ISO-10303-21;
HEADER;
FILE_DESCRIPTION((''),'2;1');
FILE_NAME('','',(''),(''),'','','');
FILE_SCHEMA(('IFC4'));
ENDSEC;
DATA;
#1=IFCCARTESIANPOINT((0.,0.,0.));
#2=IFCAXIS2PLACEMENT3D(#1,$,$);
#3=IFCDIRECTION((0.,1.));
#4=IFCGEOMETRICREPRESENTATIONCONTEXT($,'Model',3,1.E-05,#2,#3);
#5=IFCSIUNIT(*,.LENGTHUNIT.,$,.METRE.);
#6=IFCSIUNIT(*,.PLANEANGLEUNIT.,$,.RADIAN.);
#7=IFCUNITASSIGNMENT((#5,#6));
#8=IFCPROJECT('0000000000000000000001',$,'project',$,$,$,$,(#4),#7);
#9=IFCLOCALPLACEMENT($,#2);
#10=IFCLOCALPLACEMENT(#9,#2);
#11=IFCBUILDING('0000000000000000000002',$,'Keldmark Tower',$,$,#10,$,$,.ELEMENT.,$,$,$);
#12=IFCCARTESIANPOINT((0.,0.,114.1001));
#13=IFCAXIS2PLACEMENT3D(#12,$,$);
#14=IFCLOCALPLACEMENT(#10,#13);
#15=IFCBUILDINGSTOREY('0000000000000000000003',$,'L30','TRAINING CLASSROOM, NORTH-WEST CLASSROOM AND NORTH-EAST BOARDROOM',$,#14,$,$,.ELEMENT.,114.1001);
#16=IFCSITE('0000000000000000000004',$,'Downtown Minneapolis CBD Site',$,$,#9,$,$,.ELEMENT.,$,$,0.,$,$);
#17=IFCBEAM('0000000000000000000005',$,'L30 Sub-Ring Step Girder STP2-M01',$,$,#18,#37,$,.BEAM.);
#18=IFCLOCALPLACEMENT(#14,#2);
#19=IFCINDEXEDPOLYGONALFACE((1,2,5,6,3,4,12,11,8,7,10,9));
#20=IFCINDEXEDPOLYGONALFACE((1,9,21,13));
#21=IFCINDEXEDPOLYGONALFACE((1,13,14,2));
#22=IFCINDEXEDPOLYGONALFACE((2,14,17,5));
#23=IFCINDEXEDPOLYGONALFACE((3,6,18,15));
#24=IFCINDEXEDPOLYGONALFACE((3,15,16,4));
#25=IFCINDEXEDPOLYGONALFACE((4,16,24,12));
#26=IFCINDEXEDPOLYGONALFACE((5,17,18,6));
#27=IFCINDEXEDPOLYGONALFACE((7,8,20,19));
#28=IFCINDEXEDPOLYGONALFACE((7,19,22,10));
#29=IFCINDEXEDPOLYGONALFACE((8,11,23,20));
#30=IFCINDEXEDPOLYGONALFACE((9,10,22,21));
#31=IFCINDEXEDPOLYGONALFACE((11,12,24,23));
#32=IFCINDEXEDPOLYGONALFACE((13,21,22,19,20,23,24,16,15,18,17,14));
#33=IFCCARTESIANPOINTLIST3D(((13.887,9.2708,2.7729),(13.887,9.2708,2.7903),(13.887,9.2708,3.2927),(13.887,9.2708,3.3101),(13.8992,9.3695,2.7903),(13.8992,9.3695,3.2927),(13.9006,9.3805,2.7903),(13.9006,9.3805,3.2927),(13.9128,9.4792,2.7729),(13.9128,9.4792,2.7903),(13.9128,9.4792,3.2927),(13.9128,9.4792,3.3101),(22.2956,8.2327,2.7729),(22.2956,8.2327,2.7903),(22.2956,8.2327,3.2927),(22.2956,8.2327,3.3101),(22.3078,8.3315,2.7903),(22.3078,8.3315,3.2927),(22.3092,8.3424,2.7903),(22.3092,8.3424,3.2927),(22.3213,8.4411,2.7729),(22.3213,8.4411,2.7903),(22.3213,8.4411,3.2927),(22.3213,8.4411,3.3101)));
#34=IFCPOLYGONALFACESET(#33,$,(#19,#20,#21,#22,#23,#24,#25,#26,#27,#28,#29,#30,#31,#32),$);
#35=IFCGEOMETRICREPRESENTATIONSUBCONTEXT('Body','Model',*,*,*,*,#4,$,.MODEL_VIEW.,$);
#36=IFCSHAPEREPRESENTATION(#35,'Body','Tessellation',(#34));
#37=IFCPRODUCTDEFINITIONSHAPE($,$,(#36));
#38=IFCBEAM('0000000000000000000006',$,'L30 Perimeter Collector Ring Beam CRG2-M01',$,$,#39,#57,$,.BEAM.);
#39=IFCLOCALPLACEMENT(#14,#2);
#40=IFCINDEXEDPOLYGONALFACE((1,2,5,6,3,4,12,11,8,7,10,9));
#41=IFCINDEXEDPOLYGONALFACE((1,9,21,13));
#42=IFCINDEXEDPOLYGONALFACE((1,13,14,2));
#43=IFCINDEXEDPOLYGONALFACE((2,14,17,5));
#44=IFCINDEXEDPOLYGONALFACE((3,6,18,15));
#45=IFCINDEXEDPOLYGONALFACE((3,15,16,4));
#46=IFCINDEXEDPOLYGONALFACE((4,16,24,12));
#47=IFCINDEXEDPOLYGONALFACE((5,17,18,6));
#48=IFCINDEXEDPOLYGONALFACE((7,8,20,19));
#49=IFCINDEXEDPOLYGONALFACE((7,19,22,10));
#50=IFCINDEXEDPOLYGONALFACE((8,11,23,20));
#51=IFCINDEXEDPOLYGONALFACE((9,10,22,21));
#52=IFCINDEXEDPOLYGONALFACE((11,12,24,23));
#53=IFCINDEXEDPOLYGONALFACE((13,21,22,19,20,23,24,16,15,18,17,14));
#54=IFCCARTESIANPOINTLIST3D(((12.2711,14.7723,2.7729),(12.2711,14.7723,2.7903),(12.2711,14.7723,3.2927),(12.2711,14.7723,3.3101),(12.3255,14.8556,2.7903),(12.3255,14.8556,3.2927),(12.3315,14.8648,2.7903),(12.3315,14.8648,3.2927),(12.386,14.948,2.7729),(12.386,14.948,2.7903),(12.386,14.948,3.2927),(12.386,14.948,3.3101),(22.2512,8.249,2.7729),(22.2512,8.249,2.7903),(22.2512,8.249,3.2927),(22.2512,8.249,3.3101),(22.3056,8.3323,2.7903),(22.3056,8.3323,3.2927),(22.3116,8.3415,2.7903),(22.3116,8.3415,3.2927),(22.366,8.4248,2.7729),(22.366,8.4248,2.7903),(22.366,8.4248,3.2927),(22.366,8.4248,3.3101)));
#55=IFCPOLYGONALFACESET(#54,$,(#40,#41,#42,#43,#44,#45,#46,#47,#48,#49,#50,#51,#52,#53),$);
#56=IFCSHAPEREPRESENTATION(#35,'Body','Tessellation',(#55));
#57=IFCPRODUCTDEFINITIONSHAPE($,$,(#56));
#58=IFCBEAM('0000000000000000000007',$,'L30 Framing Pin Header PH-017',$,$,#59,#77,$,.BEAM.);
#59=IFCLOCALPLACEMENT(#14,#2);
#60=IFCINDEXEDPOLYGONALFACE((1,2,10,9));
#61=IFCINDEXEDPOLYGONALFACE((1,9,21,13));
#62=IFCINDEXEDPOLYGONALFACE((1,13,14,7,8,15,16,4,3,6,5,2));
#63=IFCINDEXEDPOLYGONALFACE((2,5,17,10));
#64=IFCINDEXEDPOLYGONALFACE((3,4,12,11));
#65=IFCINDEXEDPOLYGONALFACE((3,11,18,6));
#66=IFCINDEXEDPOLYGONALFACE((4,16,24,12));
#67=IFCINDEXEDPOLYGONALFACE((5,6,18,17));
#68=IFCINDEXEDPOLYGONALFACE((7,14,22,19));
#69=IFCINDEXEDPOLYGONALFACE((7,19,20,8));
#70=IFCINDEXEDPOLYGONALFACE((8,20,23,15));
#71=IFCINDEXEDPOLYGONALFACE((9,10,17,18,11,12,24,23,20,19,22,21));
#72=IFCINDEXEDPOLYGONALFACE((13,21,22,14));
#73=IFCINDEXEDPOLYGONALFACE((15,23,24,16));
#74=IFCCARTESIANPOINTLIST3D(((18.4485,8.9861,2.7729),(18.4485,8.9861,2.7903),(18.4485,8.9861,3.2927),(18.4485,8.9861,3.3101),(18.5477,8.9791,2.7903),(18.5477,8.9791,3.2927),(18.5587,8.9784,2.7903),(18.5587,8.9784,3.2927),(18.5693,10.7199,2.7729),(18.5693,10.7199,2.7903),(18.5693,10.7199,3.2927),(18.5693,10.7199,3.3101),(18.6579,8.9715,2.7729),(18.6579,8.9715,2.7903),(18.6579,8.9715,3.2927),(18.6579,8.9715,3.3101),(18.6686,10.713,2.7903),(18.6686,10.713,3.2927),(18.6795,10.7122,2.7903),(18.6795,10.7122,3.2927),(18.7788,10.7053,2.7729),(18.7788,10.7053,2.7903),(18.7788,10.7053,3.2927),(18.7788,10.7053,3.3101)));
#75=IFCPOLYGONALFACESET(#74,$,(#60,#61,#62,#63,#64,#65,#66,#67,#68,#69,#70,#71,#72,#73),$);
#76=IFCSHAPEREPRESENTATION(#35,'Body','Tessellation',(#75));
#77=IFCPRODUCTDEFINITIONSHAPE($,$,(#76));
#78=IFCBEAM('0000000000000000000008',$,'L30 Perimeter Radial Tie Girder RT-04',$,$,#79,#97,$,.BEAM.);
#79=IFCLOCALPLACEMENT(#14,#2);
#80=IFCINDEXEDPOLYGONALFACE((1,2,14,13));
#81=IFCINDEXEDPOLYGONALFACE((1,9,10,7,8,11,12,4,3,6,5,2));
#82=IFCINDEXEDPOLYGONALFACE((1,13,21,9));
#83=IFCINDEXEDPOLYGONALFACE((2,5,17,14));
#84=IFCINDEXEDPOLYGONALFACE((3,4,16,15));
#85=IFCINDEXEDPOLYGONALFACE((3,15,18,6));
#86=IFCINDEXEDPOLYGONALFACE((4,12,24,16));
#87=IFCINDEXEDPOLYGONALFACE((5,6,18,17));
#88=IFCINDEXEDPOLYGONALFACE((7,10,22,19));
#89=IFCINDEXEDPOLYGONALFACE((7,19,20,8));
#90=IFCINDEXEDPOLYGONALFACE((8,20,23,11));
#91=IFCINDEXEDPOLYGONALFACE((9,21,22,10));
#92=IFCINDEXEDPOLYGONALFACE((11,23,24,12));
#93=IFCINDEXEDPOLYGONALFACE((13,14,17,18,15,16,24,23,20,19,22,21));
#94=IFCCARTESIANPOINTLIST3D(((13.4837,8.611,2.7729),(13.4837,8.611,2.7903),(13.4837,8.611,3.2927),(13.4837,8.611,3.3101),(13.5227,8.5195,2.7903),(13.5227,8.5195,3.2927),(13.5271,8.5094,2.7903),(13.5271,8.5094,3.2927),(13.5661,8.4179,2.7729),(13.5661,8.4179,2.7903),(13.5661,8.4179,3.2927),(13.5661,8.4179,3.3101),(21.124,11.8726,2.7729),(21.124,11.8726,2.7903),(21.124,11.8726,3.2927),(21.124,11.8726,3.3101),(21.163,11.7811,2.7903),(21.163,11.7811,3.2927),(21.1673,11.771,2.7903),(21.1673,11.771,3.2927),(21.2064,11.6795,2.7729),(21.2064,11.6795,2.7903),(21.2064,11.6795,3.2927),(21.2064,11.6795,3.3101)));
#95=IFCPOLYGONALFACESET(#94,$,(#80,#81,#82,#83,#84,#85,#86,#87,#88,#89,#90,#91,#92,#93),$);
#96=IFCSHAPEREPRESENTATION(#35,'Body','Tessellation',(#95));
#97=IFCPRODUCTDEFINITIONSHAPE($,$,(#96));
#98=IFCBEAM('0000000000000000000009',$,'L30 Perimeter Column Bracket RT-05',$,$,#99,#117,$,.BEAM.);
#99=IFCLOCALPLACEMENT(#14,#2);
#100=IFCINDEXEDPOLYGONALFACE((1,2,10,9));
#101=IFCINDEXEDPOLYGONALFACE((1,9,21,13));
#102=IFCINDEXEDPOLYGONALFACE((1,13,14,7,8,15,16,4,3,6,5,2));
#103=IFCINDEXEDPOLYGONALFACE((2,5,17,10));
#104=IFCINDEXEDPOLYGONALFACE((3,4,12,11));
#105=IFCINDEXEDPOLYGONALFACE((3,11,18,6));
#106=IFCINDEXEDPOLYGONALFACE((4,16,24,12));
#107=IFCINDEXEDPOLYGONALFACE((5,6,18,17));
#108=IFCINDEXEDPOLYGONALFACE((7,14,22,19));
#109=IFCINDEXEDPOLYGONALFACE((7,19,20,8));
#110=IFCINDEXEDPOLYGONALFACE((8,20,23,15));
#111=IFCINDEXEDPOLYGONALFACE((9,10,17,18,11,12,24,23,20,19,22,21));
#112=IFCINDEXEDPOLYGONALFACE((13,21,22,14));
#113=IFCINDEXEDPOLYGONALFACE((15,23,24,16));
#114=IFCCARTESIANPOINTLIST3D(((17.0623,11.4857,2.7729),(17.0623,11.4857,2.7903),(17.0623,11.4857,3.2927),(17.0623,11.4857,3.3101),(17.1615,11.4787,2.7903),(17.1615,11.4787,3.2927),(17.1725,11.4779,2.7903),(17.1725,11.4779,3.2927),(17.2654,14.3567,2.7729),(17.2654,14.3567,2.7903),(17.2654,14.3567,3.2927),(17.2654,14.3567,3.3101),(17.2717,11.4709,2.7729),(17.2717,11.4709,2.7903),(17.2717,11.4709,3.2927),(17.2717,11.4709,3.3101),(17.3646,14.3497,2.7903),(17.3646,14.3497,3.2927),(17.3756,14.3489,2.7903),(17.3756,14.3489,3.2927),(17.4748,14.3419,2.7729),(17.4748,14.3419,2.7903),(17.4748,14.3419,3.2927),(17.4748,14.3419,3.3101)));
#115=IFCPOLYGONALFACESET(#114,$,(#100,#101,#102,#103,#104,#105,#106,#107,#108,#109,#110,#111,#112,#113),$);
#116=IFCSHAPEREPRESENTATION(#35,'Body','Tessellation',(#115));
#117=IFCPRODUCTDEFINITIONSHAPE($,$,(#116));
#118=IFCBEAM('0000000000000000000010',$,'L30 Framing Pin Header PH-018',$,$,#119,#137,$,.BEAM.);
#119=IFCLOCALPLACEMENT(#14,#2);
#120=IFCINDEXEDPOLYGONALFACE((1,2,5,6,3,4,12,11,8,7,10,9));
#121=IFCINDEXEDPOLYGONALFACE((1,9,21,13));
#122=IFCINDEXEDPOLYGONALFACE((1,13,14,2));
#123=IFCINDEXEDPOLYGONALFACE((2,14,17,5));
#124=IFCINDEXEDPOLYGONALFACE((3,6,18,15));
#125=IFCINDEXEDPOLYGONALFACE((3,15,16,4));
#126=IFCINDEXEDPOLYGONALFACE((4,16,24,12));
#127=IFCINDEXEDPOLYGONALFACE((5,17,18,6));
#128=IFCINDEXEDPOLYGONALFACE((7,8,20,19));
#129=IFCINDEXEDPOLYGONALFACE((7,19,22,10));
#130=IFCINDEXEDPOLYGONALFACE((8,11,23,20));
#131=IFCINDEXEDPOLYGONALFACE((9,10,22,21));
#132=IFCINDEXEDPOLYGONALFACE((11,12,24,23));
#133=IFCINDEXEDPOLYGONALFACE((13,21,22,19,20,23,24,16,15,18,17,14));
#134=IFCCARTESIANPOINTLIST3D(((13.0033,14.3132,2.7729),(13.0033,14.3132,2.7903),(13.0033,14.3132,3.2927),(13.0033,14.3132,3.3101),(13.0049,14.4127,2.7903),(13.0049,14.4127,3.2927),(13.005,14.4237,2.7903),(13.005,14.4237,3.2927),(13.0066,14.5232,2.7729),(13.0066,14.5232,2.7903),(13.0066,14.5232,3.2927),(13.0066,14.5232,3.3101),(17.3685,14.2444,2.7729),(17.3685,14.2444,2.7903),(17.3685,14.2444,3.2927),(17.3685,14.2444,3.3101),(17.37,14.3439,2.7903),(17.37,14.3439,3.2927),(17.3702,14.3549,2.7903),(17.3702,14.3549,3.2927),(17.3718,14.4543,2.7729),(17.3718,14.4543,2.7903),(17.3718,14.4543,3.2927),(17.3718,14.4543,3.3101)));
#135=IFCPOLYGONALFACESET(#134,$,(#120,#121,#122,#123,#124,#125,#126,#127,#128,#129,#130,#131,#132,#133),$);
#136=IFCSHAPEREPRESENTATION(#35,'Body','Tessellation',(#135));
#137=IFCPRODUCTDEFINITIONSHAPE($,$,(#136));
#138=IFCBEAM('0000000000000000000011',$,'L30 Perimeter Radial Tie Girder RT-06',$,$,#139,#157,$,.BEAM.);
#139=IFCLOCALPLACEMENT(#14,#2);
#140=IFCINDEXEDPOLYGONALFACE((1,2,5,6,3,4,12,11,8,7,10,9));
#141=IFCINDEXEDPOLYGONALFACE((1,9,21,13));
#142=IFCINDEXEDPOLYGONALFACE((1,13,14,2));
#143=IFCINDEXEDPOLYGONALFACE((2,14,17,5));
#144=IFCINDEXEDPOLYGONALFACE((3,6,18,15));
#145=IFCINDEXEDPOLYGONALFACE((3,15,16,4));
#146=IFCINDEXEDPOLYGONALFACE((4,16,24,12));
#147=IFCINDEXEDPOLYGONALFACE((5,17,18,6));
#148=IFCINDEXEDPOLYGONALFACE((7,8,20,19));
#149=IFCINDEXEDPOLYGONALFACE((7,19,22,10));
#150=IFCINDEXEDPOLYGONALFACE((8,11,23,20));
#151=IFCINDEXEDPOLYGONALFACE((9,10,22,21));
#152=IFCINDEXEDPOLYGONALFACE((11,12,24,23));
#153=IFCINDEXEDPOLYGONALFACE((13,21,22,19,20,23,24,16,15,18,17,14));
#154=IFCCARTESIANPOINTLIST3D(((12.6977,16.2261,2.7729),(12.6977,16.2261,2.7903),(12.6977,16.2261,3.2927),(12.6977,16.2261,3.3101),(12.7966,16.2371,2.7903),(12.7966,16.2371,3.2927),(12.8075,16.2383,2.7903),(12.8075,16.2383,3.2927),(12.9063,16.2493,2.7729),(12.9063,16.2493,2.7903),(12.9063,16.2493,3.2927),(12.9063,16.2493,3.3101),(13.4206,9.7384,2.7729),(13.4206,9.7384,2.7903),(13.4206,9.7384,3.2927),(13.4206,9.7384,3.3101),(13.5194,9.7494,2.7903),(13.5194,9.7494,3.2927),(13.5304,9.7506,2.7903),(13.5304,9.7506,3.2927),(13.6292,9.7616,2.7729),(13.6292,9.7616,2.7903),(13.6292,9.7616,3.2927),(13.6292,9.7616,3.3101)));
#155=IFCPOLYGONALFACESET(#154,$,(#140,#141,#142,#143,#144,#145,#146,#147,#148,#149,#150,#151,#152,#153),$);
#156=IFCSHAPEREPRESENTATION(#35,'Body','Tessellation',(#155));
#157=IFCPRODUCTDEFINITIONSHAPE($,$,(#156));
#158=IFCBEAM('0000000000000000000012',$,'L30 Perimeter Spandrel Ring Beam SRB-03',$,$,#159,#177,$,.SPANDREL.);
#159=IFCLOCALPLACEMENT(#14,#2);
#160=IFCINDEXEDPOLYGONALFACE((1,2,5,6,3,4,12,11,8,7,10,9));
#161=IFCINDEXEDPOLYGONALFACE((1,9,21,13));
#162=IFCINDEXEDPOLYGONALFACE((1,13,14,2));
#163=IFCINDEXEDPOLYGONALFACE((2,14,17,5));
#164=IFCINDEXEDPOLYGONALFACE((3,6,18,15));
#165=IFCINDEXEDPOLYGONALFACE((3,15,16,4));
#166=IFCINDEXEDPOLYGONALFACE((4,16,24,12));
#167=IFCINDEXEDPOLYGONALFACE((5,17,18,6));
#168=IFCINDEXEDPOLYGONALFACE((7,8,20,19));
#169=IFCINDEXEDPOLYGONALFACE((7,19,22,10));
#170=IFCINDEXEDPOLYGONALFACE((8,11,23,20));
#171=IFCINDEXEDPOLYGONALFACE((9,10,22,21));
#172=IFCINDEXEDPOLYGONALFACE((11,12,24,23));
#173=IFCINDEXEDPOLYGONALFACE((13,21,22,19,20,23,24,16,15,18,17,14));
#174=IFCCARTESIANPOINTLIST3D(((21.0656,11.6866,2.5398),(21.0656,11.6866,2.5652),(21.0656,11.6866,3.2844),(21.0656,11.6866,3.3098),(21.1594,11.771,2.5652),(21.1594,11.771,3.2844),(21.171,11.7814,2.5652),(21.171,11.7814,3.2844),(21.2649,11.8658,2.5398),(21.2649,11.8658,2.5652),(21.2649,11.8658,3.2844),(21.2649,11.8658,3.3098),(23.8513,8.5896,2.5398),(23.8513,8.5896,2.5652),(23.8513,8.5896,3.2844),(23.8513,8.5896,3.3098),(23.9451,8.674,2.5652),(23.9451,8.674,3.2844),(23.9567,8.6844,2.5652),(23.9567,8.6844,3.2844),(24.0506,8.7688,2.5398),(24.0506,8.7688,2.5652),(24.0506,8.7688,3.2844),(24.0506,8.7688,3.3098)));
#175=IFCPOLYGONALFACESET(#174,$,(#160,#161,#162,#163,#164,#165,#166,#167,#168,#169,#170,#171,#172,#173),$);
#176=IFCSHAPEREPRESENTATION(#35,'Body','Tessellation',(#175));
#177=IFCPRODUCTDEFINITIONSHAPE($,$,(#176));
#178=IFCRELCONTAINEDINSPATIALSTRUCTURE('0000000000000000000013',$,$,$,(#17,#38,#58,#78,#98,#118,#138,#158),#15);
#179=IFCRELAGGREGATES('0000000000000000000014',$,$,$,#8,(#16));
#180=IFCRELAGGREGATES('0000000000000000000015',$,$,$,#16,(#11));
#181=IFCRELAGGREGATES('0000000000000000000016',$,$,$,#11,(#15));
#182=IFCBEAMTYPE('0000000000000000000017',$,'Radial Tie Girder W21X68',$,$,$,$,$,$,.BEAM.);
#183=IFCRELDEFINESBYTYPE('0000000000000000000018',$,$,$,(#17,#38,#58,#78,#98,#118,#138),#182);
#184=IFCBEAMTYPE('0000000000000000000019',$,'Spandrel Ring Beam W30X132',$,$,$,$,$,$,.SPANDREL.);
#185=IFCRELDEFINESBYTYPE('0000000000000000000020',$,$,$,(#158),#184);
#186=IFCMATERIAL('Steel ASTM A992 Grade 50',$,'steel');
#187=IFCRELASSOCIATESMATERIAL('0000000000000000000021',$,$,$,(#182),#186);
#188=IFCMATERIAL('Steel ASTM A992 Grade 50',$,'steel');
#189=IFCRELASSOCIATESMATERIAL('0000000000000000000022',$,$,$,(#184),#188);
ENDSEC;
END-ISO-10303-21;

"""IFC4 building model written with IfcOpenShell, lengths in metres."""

from ifc_helpers import new_model, si_unit, direction, frame, origin, origin_2d, place, context, subcontext, project, spatial, i_section, extrude, material, material_profile, profile_set, type_object, element, save


model = new_model("IFC4")

# Units and contexts
model_context = context("Model", 3, precision=1e-05, world=origin(), true_north=direction((0.0, 1.0)))
body_context = subcontext(model_context, "Body", "Model", "MODEL_VIEW")
ifc_project = project(units=[si_unit("LENGTHUNIT", "METRE"), si_unit("PLANEANGLEUNIT", "RADIAN")], contexts=[model_context])

# Site, building, storey
site_placement = place(None, origin())
site = spatial("IfcSite", under=ifc_project, at=site_placement, Name="Downtown Minneapolis CBD Site", CompositionType="ELEMENT", RefElevation=0.0)
building_placement = place(site_placement, origin())
building = spatial("IfcBuilding", under=site, at=building_placement, Name="Keldmark Tower", CompositionType="ELEMENT")
storey_placement = place(building_placement, frame((0.0, 0.0, 114.1001)))
storey = spatial("IfcBuildingStorey", under=building, at=storey_placement, Name="L30", Description="TRAINING CLASSROOM, NORTH-WEST CLASSROOM AND NORTH-EAST BOARDROOM", CompositionType="ELEMENT", Elevation=114.1001)

# Beams
ifc_material_1 = material(Name="Steel ASTM A992 Grade 50", Category="steel")
ifc_material_profile_1 = material_profile(ifc_material_1, i_section(OverallWidth=0.21, OverallDepth=0.5371, WebThickness=0.011, FlangeThickness=0.0173, at=origin_2d()), Name="W21X68")
ifc_profile_set_1 = profile_set([ifc_material_profile_1], Name="Steel ASTM A992 Grade 50")
beam_type_1 = type_object("IfcBeamType", Name="Radial Tie Girder W21X68", PredefinedType="BEAM", material=ifc_profile_set_1)
beam_1_placement = place(storey_placement, frame((13.8999, 9.375, 3.0415), z_axis=(0.992466, -0.122524, 0.0), x_axis=(0.122524, 0.992466, 0.0)))
element("IfcBeam", 1, at=beam_1_placement, inside=storey, type_object=beam_type_1, Name="L30 Sub-Ring Step Girder STP2-M01", PredefinedType="BEAM", context=body_context, shape_type="SweptSolid", body=[
    extrude(i_section(OverallWidth=0.21, OverallDepth=0.5371, WebThickness=0.011, FlangeThickness=0.0173, at=origin_2d()), origin(), (0.0, 0.0, 1.0), 8.4724),
])
beam_2_placement = place(storey_placement, frame((22.3086, 8.3369, 3.0415), z_axis=(-0.837053, 0.547121, 0.0), x_axis=(-0.547121, -0.837053, 0.0)))
element("IfcBeam", 2, at=beam_2_placement, inside=storey, type_object=beam_type_1, Name="L30 Perimeter Collector Ring Beam CRG2-M01", PredefinedType="BEAM", context=body_context, shape_type="SweptSolid", body=[
    extrude(i_section(OverallWidth=0.21, OverallDepth=0.5371, WebThickness=0.011, FlangeThickness=0.0173, at=origin_2d()), origin(), (0.0, 0.0, 1.0), 11.9229),
])
beam_3_placement = place(storey_placement, frame((18.5532, 8.9788, 3.0415), z_axis=(0.06953, 0.99758, 0.0), x_axis=(-0.99758, 0.06953, 0.0)))
element("IfcBeam", 3, at=beam_3_placement, inside=storey, type_object=beam_type_1, Name="L30 Framing Pin Header PH-017", PredefinedType="BEAM", context=body_context, shape_type="SweptSolid", body=[
    extrude(i_section(OverallWidth=0.21, OverallDepth=0.5371, WebThickness=0.011, FlangeThickness=0.0173, at=origin_2d()), origin(), (0.0, 0.0, 1.0), 1.738),
])
beam_4_placement = place(storey_placement, frame((13.5249, 8.5144, 3.0415), z_axis=(0.919699, 0.392624, 0.0), x_axis=(-0.392624, 0.919699, 0.0)))
element("IfcBeam", 4, at=beam_4_placement, inside=storey, type_object=beam_type_1, Name="L30 Perimeter Radial Tie Girder RT-04", PredefinedType="BEAM", context=body_context, shape_type="SweptSolid", body=[
    extrude(i_section(OverallWidth=0.21, OverallDepth=0.5371, WebThickness=0.011, FlangeThickness=0.0173, at=origin_2d()), origin(), (0.0, 0.0, 1.0), 8.3074),
])
beam_5_placement = place(storey_placement, frame((17.167, 11.4783, 3.0415), z_axis=(0.070572, 0.997507, 0.0), x_axis=(-0.997507, 0.070572, 0.0)))
element("IfcBeam", 5, at=beam_5_placement, inside=storey, type_object=beam_type_1, Name="L30 Perimeter Column Bracket RT-05", PredefinedType="BEAM", context=body_context, shape_type="SweptSolid", body=[
    extrude(i_section(OverallWidth=0.21, OverallDepth=0.5371, WebThickness=0.011, FlangeThickness=0.0173, at=origin_2d()), origin(), (0.0, 0.0, 1.0), 2.8782),
])
beam_6_placement = place(storey_placement, frame((17.3701, 14.3494, 3.0415), z_axis=(-0.999876, 0.01577, 0.0), x_axis=(-0.01577, -0.999876, 0.0)))
element("IfcBeam", 6, at=beam_6_placement, inside=storey, type_object=beam_type_1, Name="L30 Framing Pin Header PH-018", PredefinedType="BEAM", context=body_context, shape_type="SweptSolid", body=[
    extrude(i_section(OverallWidth=0.21, OverallDepth=0.5371, WebThickness=0.011, FlangeThickness=0.0173, at=origin_2d()), origin(), (0.0, 0.0, 1.0), 4.3657),
])
beam_7_placement = place(storey_placement, frame((13.5249, 9.75, 3.0415), z_axis=(-0.110739, 0.993849, 0.0), x_axis=(-0.993849, -0.110739, 0.0)))
element("IfcBeam", 7, at=beam_7_placement, inside=storey, type_object=beam_type_1, Name="L30 Perimeter Radial Tie Girder RT-06", PredefinedType="BEAM", context=body_context, shape_type="SweptSolid", body=[
    extrude(i_section(OverallWidth=0.21, OverallDepth=0.5371, WebThickness=0.011, FlangeThickness=0.0173, at=origin_2d()), origin(), (0.0, 0.0, 1.0), 6.5278),
])
ifc_material_2 = material(Name="Steel ASTM A992 Grade 50", Category="steel")
ifc_material_profile_2 = material_profile(ifc_material_2, i_section(OverallWidth=0.2681, OverallDepth=0.77, WebThickness=0.0156, FlangeThickness=0.0254, at=origin_2d()), Name="W30X132")
ifc_profile_set_2 = profile_set([ifc_material_profile_2], Name="Steel ASTM A992 Grade 50")
beam_type_2 = type_object("IfcBeamType", Name="Spandrel Ring Beam W30X132", PredefinedType="SPANDREL", material=ifc_profile_set_2)
beam_8_placement = place(storey_placement, frame((23.9509, 8.6792, 2.9248), z_axis=(-0.668754, 0.743484, 0.0), x_axis=(-0.743484, -0.668754, 0.0)))
element("IfcBeam", 8, at=beam_8_placement, inside=storey, type_object=beam_type_2, Name="L30 Perimeter Spandrel Ring Beam SRB-03", PredefinedType="SPANDREL", context=body_context, shape_type="SweptSolid", body=[
    extrude(i_section(OverallWidth=0.2681, OverallDepth=0.77, WebThickness=0.0156, FlangeThickness=0.0254, at=origin_2d()), origin(), (0.0, 0.0, 1.0), 4.1655),
])

save(model, "model.ifc")
